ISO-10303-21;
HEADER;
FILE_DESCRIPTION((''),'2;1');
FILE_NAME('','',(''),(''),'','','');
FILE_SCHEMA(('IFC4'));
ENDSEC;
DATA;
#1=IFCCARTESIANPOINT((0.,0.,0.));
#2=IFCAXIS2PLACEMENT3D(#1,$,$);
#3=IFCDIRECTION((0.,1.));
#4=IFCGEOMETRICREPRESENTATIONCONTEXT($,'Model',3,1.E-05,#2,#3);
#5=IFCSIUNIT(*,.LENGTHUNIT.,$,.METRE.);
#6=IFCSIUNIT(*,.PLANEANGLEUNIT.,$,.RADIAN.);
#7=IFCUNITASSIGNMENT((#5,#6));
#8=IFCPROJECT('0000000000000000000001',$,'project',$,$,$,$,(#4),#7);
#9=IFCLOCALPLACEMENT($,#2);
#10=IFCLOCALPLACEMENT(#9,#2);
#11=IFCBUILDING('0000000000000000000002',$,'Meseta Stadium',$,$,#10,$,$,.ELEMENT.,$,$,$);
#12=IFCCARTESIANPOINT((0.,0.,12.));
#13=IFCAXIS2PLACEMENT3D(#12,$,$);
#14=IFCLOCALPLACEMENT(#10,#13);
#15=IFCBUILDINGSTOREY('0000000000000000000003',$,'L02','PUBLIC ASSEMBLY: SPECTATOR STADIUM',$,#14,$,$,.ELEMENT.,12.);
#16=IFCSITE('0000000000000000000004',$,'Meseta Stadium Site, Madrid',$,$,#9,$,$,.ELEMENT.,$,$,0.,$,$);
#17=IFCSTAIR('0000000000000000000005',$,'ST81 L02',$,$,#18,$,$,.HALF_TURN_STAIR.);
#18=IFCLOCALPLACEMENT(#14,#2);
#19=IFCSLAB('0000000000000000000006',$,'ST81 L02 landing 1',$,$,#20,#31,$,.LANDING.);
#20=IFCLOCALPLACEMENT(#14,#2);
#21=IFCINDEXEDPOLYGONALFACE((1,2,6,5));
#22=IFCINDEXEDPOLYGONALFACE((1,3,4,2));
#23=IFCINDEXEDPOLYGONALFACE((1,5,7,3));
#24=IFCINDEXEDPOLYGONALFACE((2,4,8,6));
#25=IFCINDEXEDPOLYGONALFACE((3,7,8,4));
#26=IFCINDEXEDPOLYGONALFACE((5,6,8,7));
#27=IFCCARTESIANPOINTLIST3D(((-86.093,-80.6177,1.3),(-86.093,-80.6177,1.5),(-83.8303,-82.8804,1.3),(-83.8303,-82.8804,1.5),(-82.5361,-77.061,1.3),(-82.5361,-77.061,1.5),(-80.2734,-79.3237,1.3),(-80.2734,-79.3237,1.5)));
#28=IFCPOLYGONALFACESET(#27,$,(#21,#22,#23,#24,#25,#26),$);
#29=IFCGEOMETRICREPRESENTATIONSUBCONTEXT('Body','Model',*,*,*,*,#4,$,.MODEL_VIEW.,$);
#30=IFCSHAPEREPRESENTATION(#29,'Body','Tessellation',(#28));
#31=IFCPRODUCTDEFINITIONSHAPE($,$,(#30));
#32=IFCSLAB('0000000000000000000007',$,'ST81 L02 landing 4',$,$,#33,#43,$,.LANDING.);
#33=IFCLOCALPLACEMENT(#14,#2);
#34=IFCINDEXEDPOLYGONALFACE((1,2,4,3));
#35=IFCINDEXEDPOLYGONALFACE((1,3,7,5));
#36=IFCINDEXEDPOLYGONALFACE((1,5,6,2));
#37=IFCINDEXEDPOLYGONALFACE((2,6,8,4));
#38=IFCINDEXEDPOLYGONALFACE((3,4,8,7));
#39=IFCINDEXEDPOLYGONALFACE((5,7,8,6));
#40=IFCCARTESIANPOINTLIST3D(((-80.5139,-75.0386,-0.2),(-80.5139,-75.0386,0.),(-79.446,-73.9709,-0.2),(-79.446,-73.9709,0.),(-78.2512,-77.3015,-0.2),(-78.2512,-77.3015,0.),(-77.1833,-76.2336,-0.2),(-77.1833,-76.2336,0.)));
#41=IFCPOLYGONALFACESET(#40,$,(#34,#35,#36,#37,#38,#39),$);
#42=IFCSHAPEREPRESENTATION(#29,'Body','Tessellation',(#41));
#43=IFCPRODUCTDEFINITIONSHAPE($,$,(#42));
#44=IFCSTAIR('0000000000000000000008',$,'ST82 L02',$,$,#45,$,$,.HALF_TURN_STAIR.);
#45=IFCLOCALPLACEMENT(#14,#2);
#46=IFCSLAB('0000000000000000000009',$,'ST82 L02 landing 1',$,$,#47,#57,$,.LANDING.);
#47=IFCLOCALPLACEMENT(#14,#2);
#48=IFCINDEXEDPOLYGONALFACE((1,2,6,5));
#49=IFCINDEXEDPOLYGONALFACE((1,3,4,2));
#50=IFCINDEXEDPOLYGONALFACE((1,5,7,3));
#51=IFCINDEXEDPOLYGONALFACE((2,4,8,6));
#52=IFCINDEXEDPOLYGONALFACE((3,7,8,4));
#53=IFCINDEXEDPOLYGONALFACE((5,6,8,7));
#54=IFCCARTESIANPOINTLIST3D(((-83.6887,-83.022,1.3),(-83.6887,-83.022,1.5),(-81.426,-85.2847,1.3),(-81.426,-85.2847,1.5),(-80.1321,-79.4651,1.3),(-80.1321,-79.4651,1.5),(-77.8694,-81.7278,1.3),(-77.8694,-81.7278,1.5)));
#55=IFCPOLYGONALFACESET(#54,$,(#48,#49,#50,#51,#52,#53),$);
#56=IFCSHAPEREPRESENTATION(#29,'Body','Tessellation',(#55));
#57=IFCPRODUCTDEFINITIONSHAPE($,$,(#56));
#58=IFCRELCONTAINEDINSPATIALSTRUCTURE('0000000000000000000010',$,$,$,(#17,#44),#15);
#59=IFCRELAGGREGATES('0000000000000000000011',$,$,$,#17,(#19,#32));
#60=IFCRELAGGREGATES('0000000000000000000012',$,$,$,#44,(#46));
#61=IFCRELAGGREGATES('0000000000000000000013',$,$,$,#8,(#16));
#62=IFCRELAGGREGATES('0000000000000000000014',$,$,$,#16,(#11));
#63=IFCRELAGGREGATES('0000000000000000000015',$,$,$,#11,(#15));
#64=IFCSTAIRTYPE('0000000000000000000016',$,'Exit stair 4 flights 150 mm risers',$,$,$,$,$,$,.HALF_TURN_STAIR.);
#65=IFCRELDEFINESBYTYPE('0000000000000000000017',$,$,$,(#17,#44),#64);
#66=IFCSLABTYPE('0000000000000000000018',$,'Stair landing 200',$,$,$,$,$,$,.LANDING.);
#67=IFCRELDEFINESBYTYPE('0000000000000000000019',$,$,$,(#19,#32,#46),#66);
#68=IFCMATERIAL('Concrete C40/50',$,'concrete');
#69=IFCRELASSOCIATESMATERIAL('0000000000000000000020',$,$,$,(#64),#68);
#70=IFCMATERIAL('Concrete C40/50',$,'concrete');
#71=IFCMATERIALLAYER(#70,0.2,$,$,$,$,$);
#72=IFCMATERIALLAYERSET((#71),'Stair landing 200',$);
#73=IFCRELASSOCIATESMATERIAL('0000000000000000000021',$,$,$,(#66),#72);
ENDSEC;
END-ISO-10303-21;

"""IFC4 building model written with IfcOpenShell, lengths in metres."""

from ifc_helpers import new_model, si_unit, direction, frame, origin, place, context, subcontext, project, spatial, polyline, outline, extrude, material, layer, layer_set, type_object, element, aggregate, save


model = new_model("IFC4")

# Units and contexts
model_context = context("Model", 3, precision=1e-05, world=origin(), true_north=direction((0.0, 1.0)))
body_context = subcontext(model_context, "Body", "Model", "MODEL_VIEW")
ifc_project = project(units=[si_unit("LENGTHUNIT", "METRE"), si_unit("PLANEANGLEUNIT", "RADIAN")], contexts=[model_context])

# Site, building, storey
site_placement = place(None, origin())
site = spatial("IfcSite", under=ifc_project, at=site_placement, Name="Meseta Stadium Site, Madrid", CompositionType="ELEMENT", RefElevation=0.0)
building_placement = place(site_placement, origin())
building = spatial("IfcBuilding", under=site, at=building_placement, Name="Meseta Stadium", CompositionType="ELEMENT")
storey_placement = place(building_placement, frame((0.0, 0.0, 12.0)))
storey = spatial("IfcBuildingStorey", under=building, at=storey_placement, Name="L02", Description="PUBLIC ASSEMBLY: SPECTATOR STADIUM", CompositionType="ELEMENT", Elevation=12.0)

# Stair, slabs
ifc_material_1 = material(Name="Concrete C40/50", Category="concrete")
stair_type = type_object("IfcStairType", Name="Exit stair 4 flights 150 mm risers", PredefinedType="HALF_TURN_STAIR", material=ifc_material_1)
ifc_material_2 = material(Name="Concrete C40/50", Category="concrete")
ifc_layer = layer(ifc_material_2, 0.2)
ifc_layer_set = layer_set([ifc_layer], Name="Stair landing 200")
slab_type = type_object("IfcSlabType", Name="Stair landing 200", PredefinedType="LANDING", material=ifc_layer_set)
stair_1_placement = place(storey_placement, origin())
stair_1 = element("IfcStair", 1, at=stair_1_placement, inside=storey, type_object=stair_type, Name="ST81 L02", PredefinedType="HALF_TURN_STAIR")
slab_1_placement = place(storey_placement, frame((0.0, 0.0, 1.3)))
slab_1 = element("IfcSlab", 2, at=slab_1_placement, type_object=slab_type, Name="ST81 L02 landing 1", PredefinedType="LANDING", context=body_context, shape_type="SweptSolid", body=[
    extrude(outline(polyline([(-82.5361, -77.061), (-86.093, -80.6177), (-83.8303, -82.8804), (-80.2734, -79.3237), (-82.5361, -77.061)])), origin(), (0.0, 0.0, 1.0), 0.2),
])
slab_2_placement = place(storey_placement, frame((0.0, 0.0, -0.2)))
slab_2 = element("IfcSlab", 3, at=slab_2_placement, type_object=slab_type, Name="ST81 L02 landing 4", PredefinedType="LANDING", context=body_context, shape_type="SweptSolid", body=[
    extrude(outline(polyline([(-79.446, -73.9709), (-80.5139, -75.0386), (-78.2512, -77.3015), (-77.1833, -76.2336), (-79.446, -73.9709)])), origin(), (0.0, 0.0, 1.0), 0.2),
])
aggregate(stair_1, [slab_1, slab_2])

# Stair, slab
stair_2_placement = place(storey_placement, origin())
stair_2 = element("IfcStair", 4, at=stair_2_placement, inside=storey, type_object=stair_type, Name="ST82 L02", PredefinedType="HALF_TURN_STAIR")
slab_3_placement = place(storey_placement, frame((0.0, 0.0, 1.3)))
slab_3 = element("IfcSlab", 5, at=slab_3_placement, type_object=slab_type, Name="ST82 L02 landing 1", PredefinedType="LANDING", context=body_context, shape_type="SweptSolid", body=[
    extrude(outline(polyline([(-80.1321, -79.4651), (-83.6887, -83.022), (-81.426, -85.2847), (-77.8694, -81.7278), (-80.1321, -79.4651)])), origin(), (0.0, 0.0, 1.0), 0.2),
])
aggregate(stair_2, [slab_3])

save(model, "model.ifc")
